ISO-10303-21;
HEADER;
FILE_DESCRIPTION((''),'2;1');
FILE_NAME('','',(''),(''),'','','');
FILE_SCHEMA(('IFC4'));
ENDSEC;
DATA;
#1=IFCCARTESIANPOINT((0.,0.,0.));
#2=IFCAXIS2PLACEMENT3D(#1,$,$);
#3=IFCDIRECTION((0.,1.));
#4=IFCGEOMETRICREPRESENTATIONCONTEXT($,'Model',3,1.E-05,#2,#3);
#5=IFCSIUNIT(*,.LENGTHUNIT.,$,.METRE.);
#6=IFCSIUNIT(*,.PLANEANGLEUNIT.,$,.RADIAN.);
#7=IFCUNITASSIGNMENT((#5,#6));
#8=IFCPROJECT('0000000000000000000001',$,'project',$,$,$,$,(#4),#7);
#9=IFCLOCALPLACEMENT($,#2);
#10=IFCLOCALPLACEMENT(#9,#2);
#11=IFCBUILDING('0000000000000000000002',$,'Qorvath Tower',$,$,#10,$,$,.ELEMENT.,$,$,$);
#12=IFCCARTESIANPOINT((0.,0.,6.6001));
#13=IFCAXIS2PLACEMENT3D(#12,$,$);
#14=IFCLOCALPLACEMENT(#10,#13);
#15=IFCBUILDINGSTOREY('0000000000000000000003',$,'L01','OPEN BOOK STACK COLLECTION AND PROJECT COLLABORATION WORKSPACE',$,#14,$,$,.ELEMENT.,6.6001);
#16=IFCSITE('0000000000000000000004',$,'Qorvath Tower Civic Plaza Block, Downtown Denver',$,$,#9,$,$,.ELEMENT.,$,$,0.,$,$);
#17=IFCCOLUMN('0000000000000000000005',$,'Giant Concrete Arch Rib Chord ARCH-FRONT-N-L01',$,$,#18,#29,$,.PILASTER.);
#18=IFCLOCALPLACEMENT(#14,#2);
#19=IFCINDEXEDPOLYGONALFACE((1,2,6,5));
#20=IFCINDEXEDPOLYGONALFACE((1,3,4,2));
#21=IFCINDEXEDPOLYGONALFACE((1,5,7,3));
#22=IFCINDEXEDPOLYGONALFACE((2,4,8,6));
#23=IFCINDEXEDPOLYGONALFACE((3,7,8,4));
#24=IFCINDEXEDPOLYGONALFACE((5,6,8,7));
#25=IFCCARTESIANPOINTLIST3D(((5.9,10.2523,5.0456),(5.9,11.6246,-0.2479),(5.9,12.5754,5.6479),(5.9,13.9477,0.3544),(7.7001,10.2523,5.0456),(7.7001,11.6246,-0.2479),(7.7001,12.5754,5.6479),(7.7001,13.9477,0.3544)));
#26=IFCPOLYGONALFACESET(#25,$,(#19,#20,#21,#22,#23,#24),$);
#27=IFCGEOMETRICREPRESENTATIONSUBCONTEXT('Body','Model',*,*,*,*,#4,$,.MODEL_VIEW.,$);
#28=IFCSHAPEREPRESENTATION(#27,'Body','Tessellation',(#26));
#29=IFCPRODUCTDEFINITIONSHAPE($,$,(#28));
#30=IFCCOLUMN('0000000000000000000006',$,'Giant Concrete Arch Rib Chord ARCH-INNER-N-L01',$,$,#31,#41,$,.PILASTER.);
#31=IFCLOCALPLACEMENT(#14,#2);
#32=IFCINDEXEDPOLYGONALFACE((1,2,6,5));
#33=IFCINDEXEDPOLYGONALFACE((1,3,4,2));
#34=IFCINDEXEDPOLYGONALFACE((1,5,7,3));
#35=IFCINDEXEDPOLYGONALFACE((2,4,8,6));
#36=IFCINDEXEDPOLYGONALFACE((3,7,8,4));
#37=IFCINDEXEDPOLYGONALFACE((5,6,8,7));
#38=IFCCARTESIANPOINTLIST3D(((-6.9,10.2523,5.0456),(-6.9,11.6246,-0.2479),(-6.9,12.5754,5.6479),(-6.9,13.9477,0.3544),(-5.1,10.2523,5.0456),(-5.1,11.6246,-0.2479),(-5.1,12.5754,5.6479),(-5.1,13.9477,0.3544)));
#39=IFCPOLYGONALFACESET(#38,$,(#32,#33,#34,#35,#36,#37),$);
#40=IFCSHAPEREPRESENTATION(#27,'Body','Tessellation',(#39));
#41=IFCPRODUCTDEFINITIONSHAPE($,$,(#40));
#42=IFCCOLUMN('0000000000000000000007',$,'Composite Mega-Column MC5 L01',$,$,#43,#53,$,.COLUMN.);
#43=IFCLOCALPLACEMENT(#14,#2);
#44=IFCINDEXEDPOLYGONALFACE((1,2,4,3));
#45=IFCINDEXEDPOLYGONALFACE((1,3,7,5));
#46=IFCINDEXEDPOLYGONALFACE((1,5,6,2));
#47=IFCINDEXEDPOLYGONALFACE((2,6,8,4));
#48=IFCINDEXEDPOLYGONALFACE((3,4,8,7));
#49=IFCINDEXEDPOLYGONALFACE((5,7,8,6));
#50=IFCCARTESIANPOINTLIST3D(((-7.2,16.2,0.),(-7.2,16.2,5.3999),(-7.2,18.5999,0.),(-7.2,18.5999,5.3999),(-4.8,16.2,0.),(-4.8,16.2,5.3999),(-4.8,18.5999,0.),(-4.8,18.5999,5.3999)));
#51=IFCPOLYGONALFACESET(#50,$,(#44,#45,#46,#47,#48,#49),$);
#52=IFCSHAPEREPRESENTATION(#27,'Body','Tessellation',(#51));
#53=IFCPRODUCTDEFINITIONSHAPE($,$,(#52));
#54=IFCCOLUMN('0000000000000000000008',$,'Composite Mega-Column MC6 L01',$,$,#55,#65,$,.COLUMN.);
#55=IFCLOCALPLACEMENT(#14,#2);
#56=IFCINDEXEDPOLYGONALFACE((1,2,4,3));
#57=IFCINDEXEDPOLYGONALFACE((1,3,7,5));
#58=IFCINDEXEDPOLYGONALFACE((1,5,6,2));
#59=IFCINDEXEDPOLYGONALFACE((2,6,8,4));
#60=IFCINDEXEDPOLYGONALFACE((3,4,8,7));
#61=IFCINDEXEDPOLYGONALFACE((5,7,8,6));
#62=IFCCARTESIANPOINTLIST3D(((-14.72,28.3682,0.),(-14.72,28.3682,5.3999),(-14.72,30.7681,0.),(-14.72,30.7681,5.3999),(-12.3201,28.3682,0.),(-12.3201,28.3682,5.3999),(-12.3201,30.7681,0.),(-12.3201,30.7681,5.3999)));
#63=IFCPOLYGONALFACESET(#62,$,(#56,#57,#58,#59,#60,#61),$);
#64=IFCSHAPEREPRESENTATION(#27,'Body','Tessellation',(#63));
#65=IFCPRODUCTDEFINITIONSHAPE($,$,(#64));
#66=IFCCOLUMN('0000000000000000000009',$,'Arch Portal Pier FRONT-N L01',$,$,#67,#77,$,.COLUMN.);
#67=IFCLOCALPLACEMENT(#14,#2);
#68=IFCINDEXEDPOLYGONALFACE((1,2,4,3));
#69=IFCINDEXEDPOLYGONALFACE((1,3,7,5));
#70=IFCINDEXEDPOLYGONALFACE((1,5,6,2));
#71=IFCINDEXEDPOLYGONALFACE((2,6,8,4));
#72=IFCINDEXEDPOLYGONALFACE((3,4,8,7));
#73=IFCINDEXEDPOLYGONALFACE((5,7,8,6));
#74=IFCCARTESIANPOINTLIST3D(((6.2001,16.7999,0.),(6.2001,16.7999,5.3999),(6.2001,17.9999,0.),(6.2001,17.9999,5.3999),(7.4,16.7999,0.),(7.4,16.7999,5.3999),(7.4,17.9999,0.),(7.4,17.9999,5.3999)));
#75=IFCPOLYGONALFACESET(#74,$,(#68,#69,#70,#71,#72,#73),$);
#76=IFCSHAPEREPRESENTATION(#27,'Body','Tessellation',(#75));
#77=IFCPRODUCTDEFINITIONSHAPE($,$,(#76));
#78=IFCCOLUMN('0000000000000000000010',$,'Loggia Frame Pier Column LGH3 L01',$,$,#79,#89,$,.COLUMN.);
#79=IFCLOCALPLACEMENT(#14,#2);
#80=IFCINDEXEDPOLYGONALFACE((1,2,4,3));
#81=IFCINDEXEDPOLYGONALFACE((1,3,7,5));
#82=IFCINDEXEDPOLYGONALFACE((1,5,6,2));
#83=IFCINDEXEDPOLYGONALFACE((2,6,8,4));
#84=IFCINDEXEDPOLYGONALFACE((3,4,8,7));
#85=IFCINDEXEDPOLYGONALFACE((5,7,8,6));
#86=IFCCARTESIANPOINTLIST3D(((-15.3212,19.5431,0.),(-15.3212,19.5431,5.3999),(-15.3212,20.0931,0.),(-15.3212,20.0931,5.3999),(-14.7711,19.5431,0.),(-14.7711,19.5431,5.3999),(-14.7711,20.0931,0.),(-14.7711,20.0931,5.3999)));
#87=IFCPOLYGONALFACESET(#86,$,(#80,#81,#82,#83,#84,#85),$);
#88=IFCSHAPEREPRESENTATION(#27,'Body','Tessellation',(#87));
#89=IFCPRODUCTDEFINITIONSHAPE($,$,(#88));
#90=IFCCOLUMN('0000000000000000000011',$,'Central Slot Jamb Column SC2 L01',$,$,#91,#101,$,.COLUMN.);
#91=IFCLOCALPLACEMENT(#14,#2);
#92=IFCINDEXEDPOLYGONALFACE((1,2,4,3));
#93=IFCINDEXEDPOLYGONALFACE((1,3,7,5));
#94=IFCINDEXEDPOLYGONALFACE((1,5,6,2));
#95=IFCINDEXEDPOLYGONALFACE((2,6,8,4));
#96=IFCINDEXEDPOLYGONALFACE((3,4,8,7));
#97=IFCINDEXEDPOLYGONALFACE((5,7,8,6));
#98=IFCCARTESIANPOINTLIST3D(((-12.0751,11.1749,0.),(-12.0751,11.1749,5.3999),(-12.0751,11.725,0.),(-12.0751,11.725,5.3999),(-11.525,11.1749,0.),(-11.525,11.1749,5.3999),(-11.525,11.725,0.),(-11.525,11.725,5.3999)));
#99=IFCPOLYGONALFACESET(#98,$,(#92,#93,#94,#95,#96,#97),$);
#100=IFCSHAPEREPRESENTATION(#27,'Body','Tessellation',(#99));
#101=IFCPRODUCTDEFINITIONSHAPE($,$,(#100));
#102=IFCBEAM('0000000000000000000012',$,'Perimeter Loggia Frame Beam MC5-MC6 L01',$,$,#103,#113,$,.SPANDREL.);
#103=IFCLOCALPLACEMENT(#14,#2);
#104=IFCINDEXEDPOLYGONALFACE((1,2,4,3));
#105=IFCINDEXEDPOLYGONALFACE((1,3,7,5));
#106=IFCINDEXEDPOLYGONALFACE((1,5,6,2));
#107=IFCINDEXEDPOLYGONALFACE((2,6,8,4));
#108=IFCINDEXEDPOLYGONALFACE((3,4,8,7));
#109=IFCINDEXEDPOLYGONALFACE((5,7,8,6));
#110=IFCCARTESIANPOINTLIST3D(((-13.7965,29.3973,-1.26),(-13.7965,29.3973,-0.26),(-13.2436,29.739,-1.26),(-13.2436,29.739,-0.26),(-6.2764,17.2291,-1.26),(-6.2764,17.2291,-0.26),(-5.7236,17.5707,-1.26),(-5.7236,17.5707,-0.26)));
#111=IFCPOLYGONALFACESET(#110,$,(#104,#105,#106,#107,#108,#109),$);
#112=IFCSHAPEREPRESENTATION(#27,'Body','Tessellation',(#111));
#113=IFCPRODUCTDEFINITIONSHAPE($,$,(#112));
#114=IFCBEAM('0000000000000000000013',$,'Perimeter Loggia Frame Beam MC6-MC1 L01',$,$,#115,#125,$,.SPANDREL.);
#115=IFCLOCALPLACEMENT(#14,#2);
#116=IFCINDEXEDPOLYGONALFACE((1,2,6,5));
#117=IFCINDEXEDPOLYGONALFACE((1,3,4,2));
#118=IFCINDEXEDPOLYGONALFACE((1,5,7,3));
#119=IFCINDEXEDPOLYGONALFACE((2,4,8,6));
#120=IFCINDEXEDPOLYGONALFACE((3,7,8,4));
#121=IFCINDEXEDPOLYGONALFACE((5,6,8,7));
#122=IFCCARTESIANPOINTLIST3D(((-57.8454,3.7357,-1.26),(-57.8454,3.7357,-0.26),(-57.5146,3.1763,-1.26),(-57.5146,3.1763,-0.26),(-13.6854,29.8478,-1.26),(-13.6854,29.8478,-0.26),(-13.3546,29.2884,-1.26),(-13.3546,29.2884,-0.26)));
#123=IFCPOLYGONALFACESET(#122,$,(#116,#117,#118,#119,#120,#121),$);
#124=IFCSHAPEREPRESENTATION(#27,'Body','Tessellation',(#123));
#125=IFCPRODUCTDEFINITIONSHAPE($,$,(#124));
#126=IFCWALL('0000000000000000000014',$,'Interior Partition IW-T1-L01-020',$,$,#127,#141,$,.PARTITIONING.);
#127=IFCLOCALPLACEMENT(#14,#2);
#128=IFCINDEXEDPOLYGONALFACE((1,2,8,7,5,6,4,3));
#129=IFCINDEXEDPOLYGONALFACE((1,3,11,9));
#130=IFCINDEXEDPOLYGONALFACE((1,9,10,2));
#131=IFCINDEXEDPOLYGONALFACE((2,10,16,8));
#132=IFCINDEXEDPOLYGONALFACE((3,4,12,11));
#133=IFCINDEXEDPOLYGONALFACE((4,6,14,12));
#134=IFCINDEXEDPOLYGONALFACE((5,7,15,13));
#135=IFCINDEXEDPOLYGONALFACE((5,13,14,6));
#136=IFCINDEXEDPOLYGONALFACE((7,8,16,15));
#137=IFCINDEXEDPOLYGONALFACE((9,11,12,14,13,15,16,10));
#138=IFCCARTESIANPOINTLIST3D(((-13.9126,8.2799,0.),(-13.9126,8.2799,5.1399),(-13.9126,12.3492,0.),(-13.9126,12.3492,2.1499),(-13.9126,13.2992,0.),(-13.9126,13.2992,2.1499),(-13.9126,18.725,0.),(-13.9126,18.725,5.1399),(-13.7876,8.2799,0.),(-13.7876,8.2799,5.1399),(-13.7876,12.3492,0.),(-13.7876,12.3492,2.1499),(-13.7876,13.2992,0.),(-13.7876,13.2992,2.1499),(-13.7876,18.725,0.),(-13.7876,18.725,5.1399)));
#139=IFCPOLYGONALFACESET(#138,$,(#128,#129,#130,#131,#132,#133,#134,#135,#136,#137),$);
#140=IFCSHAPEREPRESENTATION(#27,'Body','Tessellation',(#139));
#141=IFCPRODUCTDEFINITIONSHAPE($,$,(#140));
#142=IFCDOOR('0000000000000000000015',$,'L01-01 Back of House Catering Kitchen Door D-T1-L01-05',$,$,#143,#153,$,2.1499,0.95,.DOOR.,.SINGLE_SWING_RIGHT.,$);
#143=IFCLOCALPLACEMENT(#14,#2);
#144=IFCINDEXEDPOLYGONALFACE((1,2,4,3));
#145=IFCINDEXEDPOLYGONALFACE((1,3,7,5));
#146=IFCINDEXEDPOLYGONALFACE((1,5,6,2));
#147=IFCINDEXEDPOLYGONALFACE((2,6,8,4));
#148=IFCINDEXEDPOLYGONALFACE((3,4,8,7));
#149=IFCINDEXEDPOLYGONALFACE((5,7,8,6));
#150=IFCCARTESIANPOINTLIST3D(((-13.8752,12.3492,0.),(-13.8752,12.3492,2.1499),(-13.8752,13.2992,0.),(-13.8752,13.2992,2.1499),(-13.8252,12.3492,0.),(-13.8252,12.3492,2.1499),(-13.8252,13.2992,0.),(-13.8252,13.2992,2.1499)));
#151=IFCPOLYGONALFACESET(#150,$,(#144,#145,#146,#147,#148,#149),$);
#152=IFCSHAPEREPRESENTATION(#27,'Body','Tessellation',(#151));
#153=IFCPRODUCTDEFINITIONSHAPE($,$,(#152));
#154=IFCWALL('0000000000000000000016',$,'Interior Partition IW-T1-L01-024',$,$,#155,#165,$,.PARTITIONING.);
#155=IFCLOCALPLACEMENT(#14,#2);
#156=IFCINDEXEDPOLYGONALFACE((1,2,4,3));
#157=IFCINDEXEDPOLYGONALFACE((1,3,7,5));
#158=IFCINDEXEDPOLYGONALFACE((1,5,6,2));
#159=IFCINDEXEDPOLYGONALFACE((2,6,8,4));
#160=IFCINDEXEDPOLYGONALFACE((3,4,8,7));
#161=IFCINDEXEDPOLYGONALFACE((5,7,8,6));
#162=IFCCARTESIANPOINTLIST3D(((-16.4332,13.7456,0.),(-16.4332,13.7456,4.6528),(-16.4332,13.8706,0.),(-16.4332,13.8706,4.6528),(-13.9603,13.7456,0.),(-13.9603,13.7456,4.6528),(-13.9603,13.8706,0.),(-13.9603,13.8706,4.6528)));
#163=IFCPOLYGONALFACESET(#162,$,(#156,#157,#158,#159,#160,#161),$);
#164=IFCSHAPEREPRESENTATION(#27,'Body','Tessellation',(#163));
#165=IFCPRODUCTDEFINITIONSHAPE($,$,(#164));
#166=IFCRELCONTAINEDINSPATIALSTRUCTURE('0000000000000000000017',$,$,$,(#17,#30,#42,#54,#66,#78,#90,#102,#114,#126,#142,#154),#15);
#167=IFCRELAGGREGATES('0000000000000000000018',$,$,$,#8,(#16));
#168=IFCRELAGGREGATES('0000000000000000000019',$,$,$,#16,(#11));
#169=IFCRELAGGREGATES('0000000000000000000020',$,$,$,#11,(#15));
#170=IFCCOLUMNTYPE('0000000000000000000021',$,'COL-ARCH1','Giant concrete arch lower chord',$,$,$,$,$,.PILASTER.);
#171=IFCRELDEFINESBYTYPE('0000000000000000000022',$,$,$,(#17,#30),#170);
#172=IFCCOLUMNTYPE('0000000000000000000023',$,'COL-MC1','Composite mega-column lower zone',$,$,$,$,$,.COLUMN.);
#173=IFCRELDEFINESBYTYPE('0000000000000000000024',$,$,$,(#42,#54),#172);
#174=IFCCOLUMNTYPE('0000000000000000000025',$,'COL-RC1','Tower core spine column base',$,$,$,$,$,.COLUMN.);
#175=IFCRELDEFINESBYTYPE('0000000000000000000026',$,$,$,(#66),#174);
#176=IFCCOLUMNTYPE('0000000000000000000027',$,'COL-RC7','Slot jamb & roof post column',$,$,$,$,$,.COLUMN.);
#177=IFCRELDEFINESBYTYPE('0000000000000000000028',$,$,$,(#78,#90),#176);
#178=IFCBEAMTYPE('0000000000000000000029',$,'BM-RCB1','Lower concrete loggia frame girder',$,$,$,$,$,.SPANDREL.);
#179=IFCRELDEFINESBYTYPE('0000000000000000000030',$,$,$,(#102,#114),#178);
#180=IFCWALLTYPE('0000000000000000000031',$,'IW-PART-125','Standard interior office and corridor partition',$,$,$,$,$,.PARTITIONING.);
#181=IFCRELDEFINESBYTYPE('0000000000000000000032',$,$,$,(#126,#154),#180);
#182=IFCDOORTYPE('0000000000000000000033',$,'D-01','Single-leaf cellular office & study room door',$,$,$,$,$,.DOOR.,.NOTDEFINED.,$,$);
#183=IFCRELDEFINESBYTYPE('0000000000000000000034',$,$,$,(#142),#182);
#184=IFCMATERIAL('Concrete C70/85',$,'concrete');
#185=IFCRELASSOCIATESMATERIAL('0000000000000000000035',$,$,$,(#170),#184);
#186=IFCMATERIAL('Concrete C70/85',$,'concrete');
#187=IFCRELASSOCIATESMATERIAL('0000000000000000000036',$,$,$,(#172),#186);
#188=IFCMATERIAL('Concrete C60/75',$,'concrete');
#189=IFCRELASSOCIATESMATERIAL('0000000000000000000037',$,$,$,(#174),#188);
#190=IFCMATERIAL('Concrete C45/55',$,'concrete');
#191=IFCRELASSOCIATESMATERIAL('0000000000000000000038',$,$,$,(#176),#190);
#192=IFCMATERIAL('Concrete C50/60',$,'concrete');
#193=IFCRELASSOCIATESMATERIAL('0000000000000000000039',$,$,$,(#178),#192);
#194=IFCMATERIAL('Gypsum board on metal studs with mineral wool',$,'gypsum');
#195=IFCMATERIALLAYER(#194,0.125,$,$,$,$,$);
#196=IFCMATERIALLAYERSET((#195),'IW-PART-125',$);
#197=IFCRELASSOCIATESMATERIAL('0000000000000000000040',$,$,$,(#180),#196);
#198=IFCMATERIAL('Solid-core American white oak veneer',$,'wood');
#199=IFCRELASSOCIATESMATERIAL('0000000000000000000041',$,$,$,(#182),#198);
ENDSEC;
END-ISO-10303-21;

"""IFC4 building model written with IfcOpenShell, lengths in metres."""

from ifc_helpers import new_model, si_unit, direction, frame, frame_2d, origin, origin_2d, place, context, subcontext, project, spatial, rectangle, extrude, material, layer, layer_set, material_profile, profile_set, type_object, element, fill, save


model = new_model("IFC4")

# Units and contexts
model_context = context("Model", 3, precision=1e-05, world=origin(), true_north=direction((0.0, 1.0)))
body_context = subcontext(model_context, "Body", "Model", "MODEL_VIEW")
ifc_project = project(units=[si_unit("LENGTHUNIT", "METRE"), si_unit("PLANEANGLEUNIT", "RADIAN")], contexts=[model_context])

# Site, building, storey
site_placement = place(None, origin())
site = spatial("IfcSite", under=ifc_project, at=site_placement, Name="Qorvath Tower Civic Plaza Block, Downtown Denver", CompositionType="ELEMENT", RefElevation=0.0)
building_placement = place(site_placement, origin())
building = spatial("IfcBuilding", under=site, at=building_placement, Name="Qorvath Tower", CompositionType="ELEMENT")
storey_placement = place(building_placement, frame((0.0, 0.0, 6.6001)))
storey = spatial("IfcBuildingStorey", under=building, at=storey_placement, Name="L01", Description="OPEN BOOK STACK COLLECTION AND PROJECT COLLABORATION WORKSPACE", CompositionType="ELEMENT", Elevation=6.6001)

# Columns
ifc_material_1 = material(Name="Concrete C70/85", Category="concrete")
ifc_material_profile_1 = material_profile(ifc_material_1, rectangle(XDim=1.8, YDim=2.3999, at=origin_2d()), Name="ARCH 2400x1800")
ifc_profile_set_1 = profile_set([ifc_material_profile_1], Name="Concrete C70/85")
column_type_1 = type_object("IfcColumnType", Name="COL-ARCH1", Description="Giant concrete arch lower chord", PredefinedType="PILASTER", material=ifc_profile_set_1)
for number, where, z_axis, x_axis, name in (
    (1, (6.8, 12.7861, 0.0532), (0.0, -0.250951, 0.968), (1.0, 0.0, 0.0), "Giant Concrete Arch Rib Chord ARCH-FRONT-N-L01"),
    (2, (-6.0, 12.7861, 0.0532), (0.0, -0.250951, 0.968), (1.0, 0.0, 0.0), "Giant Concrete Arch Rib Chord ARCH-INNER-N-L01"),
):
    element("IfcColumn", number, at=place(storey_placement, frame(where, z_axis=z_axis, x_axis=x_axis)), inside=storey, type_object=column_type_1, Name=name, PredefinedType="PILASTER", context=body_context, shape_type="SweptSolid", body=[
        extrude(rectangle(XDim=1.8, YDim=2.3999, at=origin_2d()), origin(), (0.0, 0.0, 1.0), 5.4685),
    ])
ifc_material_2 = material(Name="Concrete C70/85", Category="concrete")
ifc_material_profile_2 = material_profile(ifc_material_2, rectangle(XDim=2.3999, YDim=2.3999, at=origin_2d()), Name="MC 2400x2400")
ifc_profile_set_2 = profile_set([ifc_material_profile_2], Name="Concrete C70/85")
column_type_2 = type_object("IfcColumnType", Name="COL-MC1", Description="Composite mega-column lower zone", PredefinedType="COLUMN", material=ifc_profile_set_2)
for number, where, z_axis, x_axis, name in (
    (3, (-6.0, 17.3999, 0.0), (0.0, 0.0, 1.0), (1.0, 0.0, 0.0), "Composite Mega-Column MC5 L01"),
    (4, (-13.52, 29.5681, 0.0), (0.0, 0.0, 1.0), (1.0, 0.0, 0.0), "Composite Mega-Column MC6 L01"),
):
    element("IfcColumn", number, at=place(storey_placement, frame(where, z_axis=z_axis, x_axis=x_axis)), inside=storey, type_object=column_type_2, Name=name, PredefinedType="COLUMN", context=body_context, shape_type="SweptSolid", body=[
        extrude(rectangle(XDim=2.3999, YDim=2.3999, at=origin_2d()), origin(), (0.0, 0.0, 1.0), 5.3999),
    ])
ifc_material_3 = material(Name="Concrete C60/75", Category="concrete")
ifc_material_profile_3 = material_profile(ifc_material_3, rectangle(XDim=1.2, YDim=1.2, at=origin_2d()), Name="RC 1200x1200")
ifc_profile_set_3 = profile_set([ifc_material_profile_3], Name="Concrete C60/75")
column_type_3 = type_object("IfcColumnType", Name="COL-RC1", Description="Tower core spine column base", PredefinedType="COLUMN", material=ifc_profile_set_3)
column_placement = place(storey_placement, frame((6.8, 17.3999, 0.0), z_axis=(0.0, 0.0, 1.0), x_axis=(1.0, 0.0, 0.0)))
element("IfcColumn", 5, at=column_placement, inside=storey, type_object=column_type_3, Name="Arch Portal Pier FRONT-N L01", PredefinedType="COLUMN", context=body_context, shape_type="SweptSolid", body=[
    extrude(rectangle(XDim=1.2, YDim=1.2, at=origin_2d()), origin(), (0.0, 0.0, 1.0), 5.3999),
])
ifc_material_4 = material(Name="Concrete C45/55", Category="concrete")
ifc_material_profile_4 = material_profile(ifc_material_4, rectangle(XDim=0.55, YDim=0.55, at=origin_2d()), Name="RC 550x550")
ifc_profile_set_4 = profile_set([ifc_material_profile_4], Name="Concrete C45/55")
column_type_4 = type_object("IfcColumnType", Name="COL-RC7", Description="Slot jamb & roof post column", PredefinedType="COLUMN", material=ifc_profile_set_4)
for number, where, z_axis, x_axis, name in (
    (6, (-15.0461, 19.8181, 0.0), (0.0, 0.0, 1.0), (1.0, 0.0, 0.0), "Loggia Frame Pier Column LGH3 L01"),
    (7, (-11.8, 11.45, 0.0), (0.0, 0.0, 1.0), (1.0, 0.0, 0.0), "Central Slot Jamb Column SC2 L01"),
):
    element("IfcColumn", number, at=place(storey_placement, frame(where, z_axis=z_axis, x_axis=x_axis)), inside=storey, type_object=column_type_4, Name=name, PredefinedType="COLUMN", context=body_context, shape_type="SweptSolid", body=[
        extrude(rectangle(XDim=0.55, YDim=0.55, at=origin_2d()), origin(), (0.0, 0.0, 1.0), 5.3999),
    ])

# Beams
ifc_material_5 = material(Name="Concrete C50/60", Category="concrete")
ifc_material_profile_5 = material_profile(ifc_material_5, rectangle(XDim=0.6499, YDim=1.0, at=origin_2d()), Name="RCB 1000x650")
ifc_profile_set_5 = profile_set([ifc_material_profile_5], Name="Concrete C50/60")
beam_type = type_object("IfcBeamType", Name="BM-RCB1", Description="Lower concrete loggia frame girder", PredefinedType="SPANDREL", material=ifc_profile_set_5)
beam_1_placement = place(storey_placement, frame((-6.0, 17.3999, -0.76), z_axis=(-0.525713, 0.850662, 0.0), x_axis=(-0.850662, -0.525713, 0.0)))
element("IfcBeam", 8, at=beam_1_placement, inside=storey, type_object=beam_type, Name="Perimeter Loggia Frame Beam MC5-MC6 L01", PredefinedType="SPANDREL", context=body_context, shape_type="SweptSolid", body=[
    extrude(rectangle(XDim=0.6499, YDim=1.0, at=origin_2d()), origin(), (0.0, 0.0, 1.0), 14.3044),
])
beam_2_placement = place(storey_placement, frame((-13.52, 29.5681, -0.76), z_axis=(-0.860777, -0.508983, 0.0), x_axis=(0.508983, -0.860777, 0.0)))
element("IfcBeam", 9, at=beam_2_placement, inside=storey, type_object=beam_type, Name="Perimeter Loggia Frame Beam MC6-MC1 L01", PredefinedType="SPANDREL", context=body_context, shape_type="SweptSolid", body=[
    extrude(rectangle(XDim=0.6499, YDim=1.0, at=origin_2d()), origin(), (0.0, 0.0, 1.0), 51.3025),
])

# Wall, opening, door
ifc_material_6 = material(Name="Gypsum board on metal studs with mineral wool", Category="gypsum")
ifc_layer_1 = layer(ifc_material_6, 0.125)
ifc_layer_set_1 = layer_set([ifc_layer_1], Name="IW-PART-125")
wall_type_1 = type_object("IfcWallType", Name="IW-PART-125", Description="Standard interior office and corridor partition", PredefinedType="PARTITIONING", material=ifc_layer_set_1)
wall_1_placement = place(storey_placement, frame((-13.8501, 18.7251, 0.0), z_axis=(0.0, 0.0, 1.0), x_axis=(0.0, -1.0, 0.0)))
wall_1 = element("IfcWall", 10, at=wall_1_placement, inside=storey, type_object=wall_type_1, Name="Interior Partition IW-T1-L01-020", PredefinedType="PARTITIONING", context=body_context, shape_type="SweptSolid", body=[
    extrude(rectangle(XDim=10.4451, YDim=0.125, at=frame_2d((5.2227, 0.0))), origin(), (0.0, 0.0, 1.0), 5.1399),
])
opening_1_placement = place(wall_1_placement, frame((5.4258, 0.0, 0.0)))
opening_1 = element("IfcOpeningElement", 11, at=opening_1_placement, cuts=wall_1, PredefinedType="OPENING", context=body_context, shape_type="SweptSolid", body=[
    extrude(rectangle(XDim=0.95, YDim=2.1499, at=frame_2d((0.4751, 1.075))), frame((0.0, 0.0725, 0.0), z_axis=(0.0, -1.0, 0.0), x_axis=(1.0, 0.0, 0.0)), (0.0, 0.0, 1.0), 0.145),
])
ifc_material_7 = material(Name="Solid-core American white oak veneer", Category="wood")
door_type_1 = type_object("IfcDoorType", Name="D-01", Description="Single-leaf cellular office & study room door", OperationType="NOTDEFINED", PredefinedType="DOOR", material=ifc_material_7)
door_1_placement = place(opening_1_placement, origin())
door_1 = element("IfcDoor", 12, at=door_1_placement, inside=storey, type_object=door_type_1, Name="L01-01 Back of House Catering Kitchen Door D-T1-L01-05", OperationType="SINGLE_SWING_RIGHT", OverallHeight=2.1499, OverallWidth=0.95, PredefinedType="DOOR", context=body_context, shape_type="SweptSolid", body=[
    extrude(rectangle(XDim=0.95, YDim=2.1499, at=frame_2d((0.4751, 1.075))), frame((0.0, 0.0249, 0.0), z_axis=(0.0, -1.0, 0.0), x_axis=(1.0, 0.0, 0.0)), (0.0, 0.0, 1.0), 0.05),
])
fill(opening_1, door_1)

# Wall
wall_2_placement = place(storey_placement, frame((-16.4331, 13.8081, 0.0), z_axis=(0.0, 0.0, 1.0), x_axis=(1.0, 0.0, 0.0)))
element("IfcWall", 13, at=wall_2_placement, inside=storey, type_object=wall_type_1, Name="Interior Partition IW-T1-L01-024", PredefinedType="PARTITIONING", context=body_context, shape_type="SweptSolid", body=[
    extrude(rectangle(XDim=2.4729, YDim=0.125, at=frame_2d((1.2363, 0.0))), origin(), (0.0, 0.0, 1.0), 4.6528),
])

save(model, "model.ifc")
